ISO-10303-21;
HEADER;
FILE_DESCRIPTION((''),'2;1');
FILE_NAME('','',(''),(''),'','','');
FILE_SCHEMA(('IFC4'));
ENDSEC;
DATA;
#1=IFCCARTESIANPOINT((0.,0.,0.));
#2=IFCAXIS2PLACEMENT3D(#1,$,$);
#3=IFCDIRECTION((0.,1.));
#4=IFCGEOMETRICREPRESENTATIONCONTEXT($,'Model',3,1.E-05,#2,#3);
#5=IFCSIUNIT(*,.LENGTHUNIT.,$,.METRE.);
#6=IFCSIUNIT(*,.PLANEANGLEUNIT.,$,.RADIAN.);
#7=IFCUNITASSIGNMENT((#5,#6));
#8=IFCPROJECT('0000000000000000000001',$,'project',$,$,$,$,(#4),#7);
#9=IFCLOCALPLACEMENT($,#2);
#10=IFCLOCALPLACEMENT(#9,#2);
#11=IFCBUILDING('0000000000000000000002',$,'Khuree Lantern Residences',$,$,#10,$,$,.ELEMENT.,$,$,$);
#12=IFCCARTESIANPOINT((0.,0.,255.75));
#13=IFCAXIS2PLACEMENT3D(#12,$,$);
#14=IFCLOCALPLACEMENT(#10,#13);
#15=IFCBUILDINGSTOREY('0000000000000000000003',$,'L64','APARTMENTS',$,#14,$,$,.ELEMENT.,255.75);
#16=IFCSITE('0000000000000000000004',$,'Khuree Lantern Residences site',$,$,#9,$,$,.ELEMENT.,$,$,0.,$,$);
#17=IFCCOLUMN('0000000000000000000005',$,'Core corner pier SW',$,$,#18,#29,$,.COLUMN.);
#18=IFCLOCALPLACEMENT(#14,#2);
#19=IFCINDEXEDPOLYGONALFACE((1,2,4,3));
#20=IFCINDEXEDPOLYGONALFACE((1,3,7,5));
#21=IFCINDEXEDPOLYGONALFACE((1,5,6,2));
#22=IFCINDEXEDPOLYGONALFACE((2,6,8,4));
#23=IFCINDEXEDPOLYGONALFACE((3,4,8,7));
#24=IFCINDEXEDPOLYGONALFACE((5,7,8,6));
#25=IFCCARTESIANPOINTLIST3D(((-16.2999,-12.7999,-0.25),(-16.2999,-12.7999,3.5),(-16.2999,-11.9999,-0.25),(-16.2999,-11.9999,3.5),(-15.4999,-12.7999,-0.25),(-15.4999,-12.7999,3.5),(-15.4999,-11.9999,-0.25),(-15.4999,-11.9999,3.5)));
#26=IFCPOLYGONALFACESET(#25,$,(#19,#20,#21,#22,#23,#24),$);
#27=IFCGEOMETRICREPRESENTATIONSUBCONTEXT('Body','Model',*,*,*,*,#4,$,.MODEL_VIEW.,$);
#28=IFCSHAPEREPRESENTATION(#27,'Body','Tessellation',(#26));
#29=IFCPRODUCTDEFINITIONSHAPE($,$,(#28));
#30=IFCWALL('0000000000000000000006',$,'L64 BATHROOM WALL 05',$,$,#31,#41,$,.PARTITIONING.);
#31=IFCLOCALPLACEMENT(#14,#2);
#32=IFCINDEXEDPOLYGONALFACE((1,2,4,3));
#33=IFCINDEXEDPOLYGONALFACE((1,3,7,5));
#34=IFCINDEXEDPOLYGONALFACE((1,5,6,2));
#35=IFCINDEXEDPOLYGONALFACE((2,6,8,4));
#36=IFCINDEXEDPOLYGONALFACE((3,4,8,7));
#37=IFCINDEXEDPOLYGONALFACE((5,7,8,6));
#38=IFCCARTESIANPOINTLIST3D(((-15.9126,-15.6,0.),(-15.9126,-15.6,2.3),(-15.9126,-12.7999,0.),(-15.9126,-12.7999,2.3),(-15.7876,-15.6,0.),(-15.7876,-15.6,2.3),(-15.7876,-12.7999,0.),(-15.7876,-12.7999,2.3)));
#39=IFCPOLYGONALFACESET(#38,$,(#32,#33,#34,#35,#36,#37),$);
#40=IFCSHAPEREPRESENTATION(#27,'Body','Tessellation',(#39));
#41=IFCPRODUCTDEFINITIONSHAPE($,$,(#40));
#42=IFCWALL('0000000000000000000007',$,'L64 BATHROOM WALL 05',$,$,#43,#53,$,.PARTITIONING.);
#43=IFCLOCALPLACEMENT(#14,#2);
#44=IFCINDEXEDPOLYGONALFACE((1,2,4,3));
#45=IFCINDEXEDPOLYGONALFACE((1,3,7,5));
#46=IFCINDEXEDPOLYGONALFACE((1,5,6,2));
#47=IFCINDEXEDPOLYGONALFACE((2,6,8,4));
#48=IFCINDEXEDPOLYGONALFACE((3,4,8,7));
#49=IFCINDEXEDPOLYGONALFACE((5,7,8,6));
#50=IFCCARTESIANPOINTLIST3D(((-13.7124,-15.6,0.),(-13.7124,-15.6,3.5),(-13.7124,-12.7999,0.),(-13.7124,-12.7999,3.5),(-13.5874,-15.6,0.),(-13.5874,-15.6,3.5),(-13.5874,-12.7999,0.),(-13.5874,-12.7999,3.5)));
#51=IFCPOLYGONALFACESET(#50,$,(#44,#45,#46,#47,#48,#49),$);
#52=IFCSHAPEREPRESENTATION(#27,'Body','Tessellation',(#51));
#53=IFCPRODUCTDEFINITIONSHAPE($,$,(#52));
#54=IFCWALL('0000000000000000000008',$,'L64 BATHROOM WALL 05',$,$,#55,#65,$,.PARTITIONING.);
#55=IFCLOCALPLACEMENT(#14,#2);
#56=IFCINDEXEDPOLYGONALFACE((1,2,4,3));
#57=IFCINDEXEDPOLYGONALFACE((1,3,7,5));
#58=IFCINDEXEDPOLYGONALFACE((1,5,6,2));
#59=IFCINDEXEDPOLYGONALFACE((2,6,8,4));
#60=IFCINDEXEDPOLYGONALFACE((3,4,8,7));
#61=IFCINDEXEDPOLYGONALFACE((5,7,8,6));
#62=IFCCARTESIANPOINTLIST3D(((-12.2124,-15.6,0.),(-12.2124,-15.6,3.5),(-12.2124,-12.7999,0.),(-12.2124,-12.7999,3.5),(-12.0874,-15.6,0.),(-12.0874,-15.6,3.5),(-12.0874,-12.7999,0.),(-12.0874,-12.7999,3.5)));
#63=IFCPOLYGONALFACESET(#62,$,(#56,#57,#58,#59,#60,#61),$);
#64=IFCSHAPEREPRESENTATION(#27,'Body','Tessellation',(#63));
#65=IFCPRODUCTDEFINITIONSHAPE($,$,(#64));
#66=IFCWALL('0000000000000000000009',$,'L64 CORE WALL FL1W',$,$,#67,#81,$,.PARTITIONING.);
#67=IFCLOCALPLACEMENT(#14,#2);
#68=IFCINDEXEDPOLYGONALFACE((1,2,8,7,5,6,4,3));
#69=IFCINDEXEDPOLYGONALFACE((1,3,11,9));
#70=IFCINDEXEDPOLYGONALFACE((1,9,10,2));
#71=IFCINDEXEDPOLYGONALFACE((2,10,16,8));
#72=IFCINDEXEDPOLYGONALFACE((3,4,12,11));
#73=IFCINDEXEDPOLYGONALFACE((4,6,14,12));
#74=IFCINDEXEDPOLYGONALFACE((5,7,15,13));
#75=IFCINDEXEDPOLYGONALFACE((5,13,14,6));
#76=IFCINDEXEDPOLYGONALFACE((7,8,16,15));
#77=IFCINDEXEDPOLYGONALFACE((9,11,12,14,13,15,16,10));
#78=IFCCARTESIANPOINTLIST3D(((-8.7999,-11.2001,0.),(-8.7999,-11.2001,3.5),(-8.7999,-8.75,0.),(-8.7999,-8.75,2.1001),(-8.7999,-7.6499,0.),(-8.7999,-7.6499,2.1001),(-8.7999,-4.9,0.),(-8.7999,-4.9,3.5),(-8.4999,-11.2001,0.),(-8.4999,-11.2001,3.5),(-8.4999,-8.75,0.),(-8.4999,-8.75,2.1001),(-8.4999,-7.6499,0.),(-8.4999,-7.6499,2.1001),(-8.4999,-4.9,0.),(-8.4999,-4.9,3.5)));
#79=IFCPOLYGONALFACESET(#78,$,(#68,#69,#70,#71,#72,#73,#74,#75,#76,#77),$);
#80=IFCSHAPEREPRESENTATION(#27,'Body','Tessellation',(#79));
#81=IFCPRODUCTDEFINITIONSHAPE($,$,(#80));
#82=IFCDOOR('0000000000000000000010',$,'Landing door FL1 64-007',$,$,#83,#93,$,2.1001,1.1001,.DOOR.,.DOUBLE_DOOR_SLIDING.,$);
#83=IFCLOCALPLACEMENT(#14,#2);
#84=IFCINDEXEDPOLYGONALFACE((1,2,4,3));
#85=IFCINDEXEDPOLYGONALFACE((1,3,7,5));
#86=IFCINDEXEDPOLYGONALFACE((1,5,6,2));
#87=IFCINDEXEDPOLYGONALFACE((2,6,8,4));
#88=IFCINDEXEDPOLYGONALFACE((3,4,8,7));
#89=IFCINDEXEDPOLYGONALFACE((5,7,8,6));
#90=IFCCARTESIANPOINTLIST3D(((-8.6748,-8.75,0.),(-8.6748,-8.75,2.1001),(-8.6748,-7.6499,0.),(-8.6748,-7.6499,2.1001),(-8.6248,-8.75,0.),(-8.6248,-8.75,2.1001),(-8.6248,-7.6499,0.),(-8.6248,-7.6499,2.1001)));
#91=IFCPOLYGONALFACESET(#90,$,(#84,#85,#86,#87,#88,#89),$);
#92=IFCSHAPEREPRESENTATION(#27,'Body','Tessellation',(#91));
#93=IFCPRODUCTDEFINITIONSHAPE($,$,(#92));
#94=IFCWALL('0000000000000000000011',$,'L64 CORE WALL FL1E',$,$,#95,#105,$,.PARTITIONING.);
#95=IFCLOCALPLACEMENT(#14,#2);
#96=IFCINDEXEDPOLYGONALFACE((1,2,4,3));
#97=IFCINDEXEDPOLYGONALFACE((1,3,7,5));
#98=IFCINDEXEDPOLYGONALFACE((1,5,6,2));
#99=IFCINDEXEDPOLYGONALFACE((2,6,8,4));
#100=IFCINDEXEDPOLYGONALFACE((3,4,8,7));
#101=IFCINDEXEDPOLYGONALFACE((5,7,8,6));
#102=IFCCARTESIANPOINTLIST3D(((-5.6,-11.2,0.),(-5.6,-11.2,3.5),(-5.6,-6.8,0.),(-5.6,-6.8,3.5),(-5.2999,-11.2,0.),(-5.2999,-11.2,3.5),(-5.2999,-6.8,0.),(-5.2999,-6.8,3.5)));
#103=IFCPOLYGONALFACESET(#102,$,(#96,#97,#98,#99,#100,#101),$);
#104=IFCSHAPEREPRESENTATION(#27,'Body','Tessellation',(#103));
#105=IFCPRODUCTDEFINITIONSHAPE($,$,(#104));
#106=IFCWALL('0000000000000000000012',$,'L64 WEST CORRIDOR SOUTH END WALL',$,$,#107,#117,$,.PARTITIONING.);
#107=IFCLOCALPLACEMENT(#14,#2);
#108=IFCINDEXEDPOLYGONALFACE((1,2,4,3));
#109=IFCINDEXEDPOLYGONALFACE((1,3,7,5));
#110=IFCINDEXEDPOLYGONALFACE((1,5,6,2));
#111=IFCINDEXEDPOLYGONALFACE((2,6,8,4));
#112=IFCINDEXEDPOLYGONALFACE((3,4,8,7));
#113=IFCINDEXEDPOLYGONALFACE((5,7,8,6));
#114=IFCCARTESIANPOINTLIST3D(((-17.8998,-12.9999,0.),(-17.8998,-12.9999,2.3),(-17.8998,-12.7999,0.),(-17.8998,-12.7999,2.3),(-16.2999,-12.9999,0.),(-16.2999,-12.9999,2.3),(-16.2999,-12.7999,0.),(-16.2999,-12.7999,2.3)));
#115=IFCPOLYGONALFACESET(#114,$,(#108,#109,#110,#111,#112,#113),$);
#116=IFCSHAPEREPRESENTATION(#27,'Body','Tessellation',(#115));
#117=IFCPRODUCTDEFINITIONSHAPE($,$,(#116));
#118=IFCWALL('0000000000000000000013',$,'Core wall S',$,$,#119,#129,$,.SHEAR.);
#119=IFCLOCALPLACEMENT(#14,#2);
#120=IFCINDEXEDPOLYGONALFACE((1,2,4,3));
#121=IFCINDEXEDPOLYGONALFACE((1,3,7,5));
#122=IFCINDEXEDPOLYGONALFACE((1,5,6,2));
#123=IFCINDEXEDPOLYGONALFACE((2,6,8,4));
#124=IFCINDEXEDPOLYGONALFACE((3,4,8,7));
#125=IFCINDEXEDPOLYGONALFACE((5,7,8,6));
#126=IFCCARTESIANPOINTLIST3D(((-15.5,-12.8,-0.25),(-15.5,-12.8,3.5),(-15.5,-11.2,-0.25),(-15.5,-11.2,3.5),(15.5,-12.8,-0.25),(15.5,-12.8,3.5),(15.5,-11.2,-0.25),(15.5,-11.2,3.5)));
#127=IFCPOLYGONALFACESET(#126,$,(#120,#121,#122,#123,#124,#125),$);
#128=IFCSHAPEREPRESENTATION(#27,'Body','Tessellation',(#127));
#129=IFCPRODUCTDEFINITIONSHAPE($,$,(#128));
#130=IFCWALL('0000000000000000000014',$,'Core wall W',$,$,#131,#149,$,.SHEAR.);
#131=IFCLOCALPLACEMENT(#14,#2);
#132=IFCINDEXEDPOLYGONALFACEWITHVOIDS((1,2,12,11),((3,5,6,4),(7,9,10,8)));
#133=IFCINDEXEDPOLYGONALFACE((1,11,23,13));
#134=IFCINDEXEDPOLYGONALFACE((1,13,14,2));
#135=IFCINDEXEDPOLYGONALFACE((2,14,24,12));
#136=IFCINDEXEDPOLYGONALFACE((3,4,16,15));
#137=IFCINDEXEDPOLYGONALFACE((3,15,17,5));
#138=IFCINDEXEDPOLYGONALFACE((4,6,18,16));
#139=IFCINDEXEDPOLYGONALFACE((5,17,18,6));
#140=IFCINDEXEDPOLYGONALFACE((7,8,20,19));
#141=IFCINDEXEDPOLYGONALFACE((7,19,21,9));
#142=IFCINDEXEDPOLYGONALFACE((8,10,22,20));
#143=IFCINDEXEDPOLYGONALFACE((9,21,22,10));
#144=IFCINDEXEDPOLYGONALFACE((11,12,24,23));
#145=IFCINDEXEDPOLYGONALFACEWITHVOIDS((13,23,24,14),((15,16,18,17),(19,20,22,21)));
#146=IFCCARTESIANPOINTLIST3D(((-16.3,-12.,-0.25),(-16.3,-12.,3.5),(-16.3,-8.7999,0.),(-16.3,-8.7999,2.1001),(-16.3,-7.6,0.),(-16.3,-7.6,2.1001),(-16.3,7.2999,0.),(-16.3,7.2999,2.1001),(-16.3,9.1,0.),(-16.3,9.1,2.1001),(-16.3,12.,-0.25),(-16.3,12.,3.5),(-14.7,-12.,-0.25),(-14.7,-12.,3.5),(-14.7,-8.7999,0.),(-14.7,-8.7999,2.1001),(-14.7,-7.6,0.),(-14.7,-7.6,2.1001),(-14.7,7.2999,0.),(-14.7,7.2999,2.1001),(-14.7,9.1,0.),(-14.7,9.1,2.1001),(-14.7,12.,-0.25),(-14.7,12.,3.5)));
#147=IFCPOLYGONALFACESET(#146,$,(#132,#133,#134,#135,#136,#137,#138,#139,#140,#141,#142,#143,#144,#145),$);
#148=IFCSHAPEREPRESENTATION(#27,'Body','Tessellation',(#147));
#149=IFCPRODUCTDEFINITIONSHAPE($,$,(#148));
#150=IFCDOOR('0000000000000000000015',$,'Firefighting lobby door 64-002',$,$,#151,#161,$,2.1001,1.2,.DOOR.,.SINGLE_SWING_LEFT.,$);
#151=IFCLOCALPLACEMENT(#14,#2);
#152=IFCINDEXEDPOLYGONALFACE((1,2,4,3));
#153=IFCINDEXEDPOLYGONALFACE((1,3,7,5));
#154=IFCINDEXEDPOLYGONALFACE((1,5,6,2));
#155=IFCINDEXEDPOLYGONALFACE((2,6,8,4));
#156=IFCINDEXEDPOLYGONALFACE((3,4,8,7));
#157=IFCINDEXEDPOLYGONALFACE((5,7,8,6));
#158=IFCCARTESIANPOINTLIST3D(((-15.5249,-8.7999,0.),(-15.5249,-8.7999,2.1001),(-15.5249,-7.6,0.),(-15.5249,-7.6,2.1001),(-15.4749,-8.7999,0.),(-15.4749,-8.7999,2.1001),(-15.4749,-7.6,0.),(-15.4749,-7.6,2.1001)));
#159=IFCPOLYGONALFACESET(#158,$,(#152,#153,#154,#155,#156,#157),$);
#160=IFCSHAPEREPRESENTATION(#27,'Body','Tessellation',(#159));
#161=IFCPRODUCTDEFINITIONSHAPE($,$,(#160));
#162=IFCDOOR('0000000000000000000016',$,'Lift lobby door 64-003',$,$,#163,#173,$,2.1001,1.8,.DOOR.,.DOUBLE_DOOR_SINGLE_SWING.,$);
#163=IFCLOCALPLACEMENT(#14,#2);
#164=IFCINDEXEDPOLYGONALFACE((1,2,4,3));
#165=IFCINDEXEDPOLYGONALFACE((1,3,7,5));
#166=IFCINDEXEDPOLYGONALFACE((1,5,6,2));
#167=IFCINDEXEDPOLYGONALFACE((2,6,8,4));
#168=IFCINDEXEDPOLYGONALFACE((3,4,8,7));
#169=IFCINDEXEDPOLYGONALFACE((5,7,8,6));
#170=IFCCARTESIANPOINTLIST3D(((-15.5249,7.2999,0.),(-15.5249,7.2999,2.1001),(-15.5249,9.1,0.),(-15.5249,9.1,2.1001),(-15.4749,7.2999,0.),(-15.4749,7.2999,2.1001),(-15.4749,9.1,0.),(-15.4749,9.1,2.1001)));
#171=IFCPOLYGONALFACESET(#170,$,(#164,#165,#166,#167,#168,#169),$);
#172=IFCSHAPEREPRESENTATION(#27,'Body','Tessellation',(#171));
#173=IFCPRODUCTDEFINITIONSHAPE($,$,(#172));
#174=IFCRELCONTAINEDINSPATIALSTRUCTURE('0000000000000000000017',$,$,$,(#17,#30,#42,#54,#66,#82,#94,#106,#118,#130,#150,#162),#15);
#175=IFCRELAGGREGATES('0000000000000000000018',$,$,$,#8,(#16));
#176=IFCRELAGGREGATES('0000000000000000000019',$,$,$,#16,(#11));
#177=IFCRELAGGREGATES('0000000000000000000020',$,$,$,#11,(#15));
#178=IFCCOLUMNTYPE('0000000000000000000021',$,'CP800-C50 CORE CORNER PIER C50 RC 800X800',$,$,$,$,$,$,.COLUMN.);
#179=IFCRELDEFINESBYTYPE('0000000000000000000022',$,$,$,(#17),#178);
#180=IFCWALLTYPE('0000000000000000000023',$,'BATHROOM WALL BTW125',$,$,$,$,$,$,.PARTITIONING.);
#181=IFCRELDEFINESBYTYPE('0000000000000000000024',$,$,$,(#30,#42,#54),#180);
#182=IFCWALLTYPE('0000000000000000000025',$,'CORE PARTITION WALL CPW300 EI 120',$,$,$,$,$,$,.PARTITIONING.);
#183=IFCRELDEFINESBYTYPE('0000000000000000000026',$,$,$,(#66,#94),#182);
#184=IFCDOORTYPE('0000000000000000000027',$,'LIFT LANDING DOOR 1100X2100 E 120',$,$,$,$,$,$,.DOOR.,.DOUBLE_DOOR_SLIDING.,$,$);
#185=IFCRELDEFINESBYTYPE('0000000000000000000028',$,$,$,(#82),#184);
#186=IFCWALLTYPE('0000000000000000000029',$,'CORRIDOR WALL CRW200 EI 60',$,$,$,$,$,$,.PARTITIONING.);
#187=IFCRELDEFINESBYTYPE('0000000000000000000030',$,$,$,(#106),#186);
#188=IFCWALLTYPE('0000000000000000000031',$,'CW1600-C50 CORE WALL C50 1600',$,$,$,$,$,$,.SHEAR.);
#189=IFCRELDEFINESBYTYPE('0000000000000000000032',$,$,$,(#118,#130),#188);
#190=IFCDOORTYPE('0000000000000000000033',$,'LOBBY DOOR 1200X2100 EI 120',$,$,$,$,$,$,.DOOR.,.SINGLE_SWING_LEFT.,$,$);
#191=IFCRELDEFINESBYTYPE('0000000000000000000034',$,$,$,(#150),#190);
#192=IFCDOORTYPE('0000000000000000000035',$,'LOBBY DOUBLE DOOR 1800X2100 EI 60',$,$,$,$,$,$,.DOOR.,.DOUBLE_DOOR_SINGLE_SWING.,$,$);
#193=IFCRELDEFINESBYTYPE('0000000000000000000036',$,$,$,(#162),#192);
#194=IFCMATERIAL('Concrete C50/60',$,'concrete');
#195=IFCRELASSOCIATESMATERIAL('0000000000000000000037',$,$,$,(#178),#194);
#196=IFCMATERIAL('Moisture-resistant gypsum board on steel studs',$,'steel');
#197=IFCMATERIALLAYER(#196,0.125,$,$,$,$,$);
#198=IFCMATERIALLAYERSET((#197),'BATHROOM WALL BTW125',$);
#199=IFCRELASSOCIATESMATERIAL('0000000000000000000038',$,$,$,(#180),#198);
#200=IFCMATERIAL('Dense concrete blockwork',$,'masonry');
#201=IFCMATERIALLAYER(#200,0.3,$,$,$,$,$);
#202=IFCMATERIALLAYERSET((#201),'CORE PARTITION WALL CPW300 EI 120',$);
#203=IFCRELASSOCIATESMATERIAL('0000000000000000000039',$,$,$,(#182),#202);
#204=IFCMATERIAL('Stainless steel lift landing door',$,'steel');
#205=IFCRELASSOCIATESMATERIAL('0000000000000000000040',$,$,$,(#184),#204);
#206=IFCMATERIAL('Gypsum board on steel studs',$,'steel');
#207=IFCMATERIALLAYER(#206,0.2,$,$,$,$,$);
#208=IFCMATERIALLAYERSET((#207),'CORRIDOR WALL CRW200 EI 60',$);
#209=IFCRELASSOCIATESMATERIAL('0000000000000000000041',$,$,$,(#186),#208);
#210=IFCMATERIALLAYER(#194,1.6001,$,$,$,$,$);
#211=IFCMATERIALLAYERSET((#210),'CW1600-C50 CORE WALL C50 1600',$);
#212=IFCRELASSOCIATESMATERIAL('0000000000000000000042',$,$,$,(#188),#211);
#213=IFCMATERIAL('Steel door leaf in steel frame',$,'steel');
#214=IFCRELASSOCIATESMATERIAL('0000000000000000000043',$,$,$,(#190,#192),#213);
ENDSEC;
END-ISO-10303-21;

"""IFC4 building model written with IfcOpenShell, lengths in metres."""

from ifc_helpers import new_model, si_unit, direction, frame, frame_2d, origin, origin_2d, place, context, subcontext, project, spatial, rectangle, extrude, material, layer, layer_set, material_profile, profile_set, type_object, element, fill, save


model = new_model("IFC4")

# Units and contexts
model_context = context("Model", 3, precision=1e-05, world=origin(), true_north=direction((0.0, 1.0)))
body_context = subcontext(model_context, "Body", "Model", "MODEL_VIEW")
ifc_project = project(units=[si_unit("LENGTHUNIT", "METRE"), si_unit("PLANEANGLEUNIT", "RADIAN")], contexts=[model_context])

# Site, building, storey
site_placement = place(None, origin())
site = spatial("IfcSite", under=ifc_project, at=site_placement, Name="Khuree Lantern Residences site", CompositionType="ELEMENT", RefElevation=0.0)
building_placement = place(site_placement, origin())
building = spatial("IfcBuilding", under=site, at=building_placement, Name="Khuree Lantern Residences", CompositionType="ELEMENT")
storey_placement = place(building_placement, frame((0.0, 0.0, 255.75)))
storey = spatial("IfcBuildingStorey", under=building, at=storey_placement, Name="L64", Description="APARTMENTS", CompositionType="ELEMENT", Elevation=255.75)

# Column
ifc_material_1 = material(Name="Concrete C50/60", Category="concrete")
ifc_material_profile = material_profile(ifc_material_1, rectangle(XDim=0.8, YDim=0.8, at=origin_2d()), Name="RC 800X800")
ifc_profile_set = profile_set([ifc_material_profile], Name="Concrete C50/60")
column_type = type_object("IfcColumnType", Name="CP800-C50 CORE CORNER PIER C50 RC 800X800", PredefinedType="COLUMN", material=ifc_profile_set)
column_placement = place(storey_placement, frame((-15.8999, -12.3999, -0.25), z_axis=(0.0, 0.0, 1.0), x_axis=(1.0, 0.0, 0.0)))
element("IfcColumn", 1, at=column_placement, inside=storey, type_object=column_type, Name="Core corner pier SW", PredefinedType="COLUMN", context=body_context, shape_type="SweptSolid", body=[
    extrude(rectangle(XDim=0.8, YDim=0.8, at=origin_2d()), origin(), (0.0, 0.0, 1.0), 3.75),
])

# Walls
ifc_material_2 = material(Name="Moisture-resistant gypsum board on steel studs", Category="steel")
ifc_layer_1 = layer(ifc_material_2, 0.125)
ifc_layer_set_1 = layer_set([ifc_layer_1], Name="BATHROOM WALL BTW125")
wall_type_1 = type_object("IfcWallType", Name="BATHROOM WALL BTW125", PredefinedType="PARTITIONING", material=ifc_layer_set_1)
wall_1_placement = place(storey_placement, frame((-15.8501, -12.8, 0.0), z_axis=(0.0, 0.0, 1.0), x_axis=(0.0, -1.0, 0.0)))
element("IfcWall", 2, at=wall_1_placement, inside=storey, type_object=wall_type_1, Name="L64 BATHROOM WALL 05", PredefinedType="PARTITIONING", context=body_context, shape_type="SweptSolid", body=[
    extrude(rectangle(XDim=2.8, YDim=0.125, at=frame_2d((1.3999, 0.0))), origin(), (0.0, 0.0, 1.0), 2.3),
])
for number, where, z_axis, x_axis, name in (
    (3, (-13.6499, -12.8, 0.0), (0.0, 0.0, 1.0), (0.0, -1.0, 0.0), "L64 BATHROOM WALL 05"),
    (4, (-12.1499, -12.8, 0.0), (0.0, 0.0, 1.0), (0.0, -1.0, 0.0), "L64 BATHROOM WALL 05"),
):
    element("IfcWall", number, at=place(storey_placement, frame(where, z_axis=z_axis, x_axis=x_axis)), inside=storey, type_object=wall_type_1, Name=name, PredefinedType="PARTITIONING", context=body_context, shape_type="SweptSolid", body=[
        extrude(rectangle(XDim=2.8, YDim=0.125, at=frame_2d((1.3999, 0.0))), origin(), (0.0, 0.0, 1.0), 3.5),
    ])

# Wall, opening, door
ifc_material_3 = material(Name="Dense concrete blockwork", Category="masonry")
ifc_layer_2 = layer(ifc_material_3, 0.3)
ifc_layer_set_2 = layer_set([ifc_layer_2], Name="CORE PARTITION WALL CPW300 EI 120")
wall_type_2 = type_object("IfcWallType", Name="CORE PARTITION WALL CPW300 EI 120", PredefinedType="PARTITIONING", material=ifc_layer_set_2)
wall_2_placement = place(storey_placement, frame((-8.6499, -11.2, 0.0), z_axis=(0.0, 0.0, 1.0), x_axis=(0.0, 1.0, 0.0)))
wall_2 = element("IfcWall", 5, at=wall_2_placement, inside=storey, type_object=wall_type_2, Name="L64 CORE WALL FL1W", PredefinedType="PARTITIONING", context=body_context, shape_type="SweptSolid", body=[
    extrude(rectangle(XDim=6.3, YDim=0.3, at=frame_2d((3.1499, 0.0))), origin(), (0.0, 0.0, 1.0), 3.5),
])
opening_1_placement = place(wall_2_placement, frame((2.45, 0.0, 0.0)))
opening_1 = element("IfcOpeningElement", 6, at=opening_1_placement, cuts=wall_2, PredefinedType="OPENING", context=body_context, shape_type="SweptSolid", body=[
    extrude(rectangle(XDim=1.1001, YDim=2.1001, at=frame_2d((0.55, 1.05))), frame((0.0, 0.1602, 0.0), z_axis=(0.0, -1.0, 0.0), x_axis=(1.0, 0.0, 0.0)), (0.0, 0.0, 1.0), 0.3201),
])
ifc_material_4 = material(Name="Stainless steel lift landing door", Category="steel")
door_type_1 = type_object("IfcDoorType", Name="LIFT LANDING DOOR 1100X2100 E 120", OperationType="DOUBLE_DOOR_SLIDING", PredefinedType="DOOR", material=ifc_material_4)
door_1_placement = place(opening_1_placement, origin())
door_1 = element("IfcDoor", 7, at=door_1_placement, inside=storey, type_object=door_type_1, Name="Landing door FL1 64-007", OperationType="DOUBLE_DOOR_SLIDING", OverallHeight=2.1001, OverallWidth=1.1001, PredefinedType="DOOR", context=body_context, shape_type="SweptSolid", body=[
    extrude(rectangle(XDim=1.1001, YDim=2.1001, at=frame_2d((0.55, 1.05))), frame((0.0, 0.0249, 0.0), z_axis=(0.0, -1.0, 0.0), x_axis=(1.0, 0.0, 0.0)), (0.0, 0.0, 1.0), 0.05),
])
fill(opening_1, door_1)

# Walls
wall_3_placement = place(storey_placement, frame((-5.45, -11.2, 0.0), z_axis=(0.0, 0.0, 1.0), x_axis=(0.0, 1.0, 0.0)))
element("IfcWall", 8, at=wall_3_placement, inside=storey, type_object=wall_type_2, Name="L64 CORE WALL FL1E", PredefinedType="PARTITIONING", context=body_context, shape_type="SweptSolid", body=[
    extrude(rectangle(XDim=4.3999, YDim=0.3, at=frame_2d((2.2, 0.0))), origin(), (0.0, 0.0, 1.0), 3.5),
])
ifc_material_5 = material(Name="Gypsum board on steel studs", Category="steel")
ifc_layer_3 = layer(ifc_material_5, 0.2)
ifc_layer_set_3 = layer_set([ifc_layer_3], Name="CORRIDOR WALL CRW200 EI 60")
wall_type_3 = type_object("IfcWallType", Name="CORRIDOR WALL CRW200 EI 60", PredefinedType="PARTITIONING", material=ifc_layer_set_3)
wall_4_placement = place(storey_placement, frame((-16.3, -12.8999, 0.0), z_axis=(0.0, 0.0, 1.0), x_axis=(-1.0, 0.0, 0.0)))
element("IfcWall", 9, at=wall_4_placement, inside=storey, type_object=wall_type_3, Name="L64 WEST CORRIDOR SOUTH END WALL", PredefinedType="PARTITIONING", context=body_context, shape_type="SweptSolid", body=[
    extrude(rectangle(XDim=1.5999, YDim=0.2, at=frame_2d((0.7998, 0.0))), origin(), (0.0, 0.0, 1.0), 2.3),
])
ifc_layer_4 = layer(ifc_material_1, 1.6001)
ifc_layer_set_4 = layer_set([ifc_layer_4], Name="CW1600-C50 CORE WALL C50 1600")
wall_type_4 = type_object("IfcWallType", Name="CW1600-C50 CORE WALL C50 1600", PredefinedType="SHEAR", material=ifc_layer_set_4)
wall_5_placement = place(storey_placement, frame((-15.5, -12.0, -0.25), z_axis=(0.0, 0.0, 1.0), x_axis=(1.0, 0.0, 0.0)))
element("IfcWall", 10, at=wall_5_placement, inside=storey, type_object=wall_type_4, Name="Core wall S", PredefinedType="SHEAR", context=body_context, shape_type="SweptSolid", body=[
    extrude(rectangle(XDim=31.0, YDim=1.6001, at=frame_2d((15.5, 0.0))), origin(), (0.0, 0.0, 1.0), 3.75),
])

# Wall, openings, doors
wall_6_placement = place(storey_placement, frame((-15.5, -12.0, -0.25), z_axis=(0.0, 0.0, 1.0), x_axis=(0.0, 1.0, 0.0)))
wall_6 = element("IfcWall", 11, at=wall_6_placement, inside=storey, type_object=wall_type_4, Name="Core wall W", PredefinedType="SHEAR", context=body_context, shape_type="SweptSolid", body=[
    extrude(rectangle(XDim=24.0, YDim=1.6001, at=frame_2d((12.0, 0.0))), origin(), (0.0, 0.0, 1.0), 3.75),
])
opening_2_placement = place(wall_6_placement, frame((3.2, 0.0, 0.25)))
opening_2 = element("IfcOpeningElement", 12, at=opening_2_placement, cuts=wall_6, PredefinedType="OPENING", context=body_context, shape_type="SweptSolid", body=[
    extrude(rectangle(XDim=1.2, YDim=2.1001, at=frame_2d((0.6001, 1.05))), frame((0.0, 0.8101, 0.0), z_axis=(0.0, -1.0, 0.0), x_axis=(1.0, 0.0, 0.0)), (0.0, 0.0, 1.0), 1.6201),
])
opening_3_placement = place(wall_6_placement, frame((19.3, 0.0, 0.25)))
opening_3 = element("IfcOpeningElement", 13, at=opening_3_placement, cuts=wall_6, PredefinedType="OPENING", context=body_context, shape_type="SweptSolid", body=[
    extrude(rectangle(XDim=1.8, YDim=2.1001, at=frame_2d((0.8999, 1.05))), frame((0.0, 0.8101, 0.0), z_axis=(0.0, -1.0, 0.0), x_axis=(1.0, 0.0, 0.0)), (0.0, 0.0, 1.0), 1.6201),
])
ifc_material_6 = material(Name="Steel door leaf in steel frame", Category="steel")
door_type_2 = type_object("IfcDoorType", Name="LOBBY DOOR 1200X2100 EI 120", OperationType="SINGLE_SWING_LEFT", PredefinedType="DOOR", material=ifc_material_6)
door_2_placement = place(opening_2_placement, origin())
door_2 = element("IfcDoor", 14, at=door_2_placement, inside=storey, type_object=door_type_2, Name="Firefighting lobby door 64-002", OperationType="SINGLE_SWING_LEFT", OverallHeight=2.1001, OverallWidth=1.2, PredefinedType="DOOR", context=body_context, shape_type="SweptSolid", body=[
    extrude(rectangle(XDim=1.2, YDim=2.1001, at=frame_2d((0.6001, 1.05))), frame((0.0, 0.0249, 0.0), z_axis=(0.0, -1.0, 0.0), x_axis=(1.0, 0.0, 0.0)), (0.0, 0.0, 1.0), 0.05),
])
fill(opening_2, door_2)
door_type_3 = type_object("IfcDoorType", Name="LOBBY DOUBLE DOOR 1800X2100 EI 60", OperationType="DOUBLE_DOOR_SINGLE_SWING", PredefinedType="DOOR", material=ifc_material_6)
door_3_placement = place(opening_3_placement, origin())
door_3 = element("IfcDoor", 15, at=door_3_placement, inside=storey, type_object=door_type_3, Name="Lift lobby door 64-003", OperationType="DOUBLE_DOOR_SINGLE_SWING", OverallHeight=2.1001, OverallWidth=1.8, PredefinedType="DOOR", context=body_context, shape_type="SweptSolid", body=[
    extrude(rectangle(XDim=1.8, YDim=2.1001, at=frame_2d((0.8999, 1.05))), frame((0.0, 0.0249, 0.0), z_axis=(0.0, -1.0, 0.0), x_axis=(1.0, 0.0, 0.0)), (0.0, 0.0, 1.0), 0.05),
])
fill(opening_3, door_3)

save(model, "model.ifc")
